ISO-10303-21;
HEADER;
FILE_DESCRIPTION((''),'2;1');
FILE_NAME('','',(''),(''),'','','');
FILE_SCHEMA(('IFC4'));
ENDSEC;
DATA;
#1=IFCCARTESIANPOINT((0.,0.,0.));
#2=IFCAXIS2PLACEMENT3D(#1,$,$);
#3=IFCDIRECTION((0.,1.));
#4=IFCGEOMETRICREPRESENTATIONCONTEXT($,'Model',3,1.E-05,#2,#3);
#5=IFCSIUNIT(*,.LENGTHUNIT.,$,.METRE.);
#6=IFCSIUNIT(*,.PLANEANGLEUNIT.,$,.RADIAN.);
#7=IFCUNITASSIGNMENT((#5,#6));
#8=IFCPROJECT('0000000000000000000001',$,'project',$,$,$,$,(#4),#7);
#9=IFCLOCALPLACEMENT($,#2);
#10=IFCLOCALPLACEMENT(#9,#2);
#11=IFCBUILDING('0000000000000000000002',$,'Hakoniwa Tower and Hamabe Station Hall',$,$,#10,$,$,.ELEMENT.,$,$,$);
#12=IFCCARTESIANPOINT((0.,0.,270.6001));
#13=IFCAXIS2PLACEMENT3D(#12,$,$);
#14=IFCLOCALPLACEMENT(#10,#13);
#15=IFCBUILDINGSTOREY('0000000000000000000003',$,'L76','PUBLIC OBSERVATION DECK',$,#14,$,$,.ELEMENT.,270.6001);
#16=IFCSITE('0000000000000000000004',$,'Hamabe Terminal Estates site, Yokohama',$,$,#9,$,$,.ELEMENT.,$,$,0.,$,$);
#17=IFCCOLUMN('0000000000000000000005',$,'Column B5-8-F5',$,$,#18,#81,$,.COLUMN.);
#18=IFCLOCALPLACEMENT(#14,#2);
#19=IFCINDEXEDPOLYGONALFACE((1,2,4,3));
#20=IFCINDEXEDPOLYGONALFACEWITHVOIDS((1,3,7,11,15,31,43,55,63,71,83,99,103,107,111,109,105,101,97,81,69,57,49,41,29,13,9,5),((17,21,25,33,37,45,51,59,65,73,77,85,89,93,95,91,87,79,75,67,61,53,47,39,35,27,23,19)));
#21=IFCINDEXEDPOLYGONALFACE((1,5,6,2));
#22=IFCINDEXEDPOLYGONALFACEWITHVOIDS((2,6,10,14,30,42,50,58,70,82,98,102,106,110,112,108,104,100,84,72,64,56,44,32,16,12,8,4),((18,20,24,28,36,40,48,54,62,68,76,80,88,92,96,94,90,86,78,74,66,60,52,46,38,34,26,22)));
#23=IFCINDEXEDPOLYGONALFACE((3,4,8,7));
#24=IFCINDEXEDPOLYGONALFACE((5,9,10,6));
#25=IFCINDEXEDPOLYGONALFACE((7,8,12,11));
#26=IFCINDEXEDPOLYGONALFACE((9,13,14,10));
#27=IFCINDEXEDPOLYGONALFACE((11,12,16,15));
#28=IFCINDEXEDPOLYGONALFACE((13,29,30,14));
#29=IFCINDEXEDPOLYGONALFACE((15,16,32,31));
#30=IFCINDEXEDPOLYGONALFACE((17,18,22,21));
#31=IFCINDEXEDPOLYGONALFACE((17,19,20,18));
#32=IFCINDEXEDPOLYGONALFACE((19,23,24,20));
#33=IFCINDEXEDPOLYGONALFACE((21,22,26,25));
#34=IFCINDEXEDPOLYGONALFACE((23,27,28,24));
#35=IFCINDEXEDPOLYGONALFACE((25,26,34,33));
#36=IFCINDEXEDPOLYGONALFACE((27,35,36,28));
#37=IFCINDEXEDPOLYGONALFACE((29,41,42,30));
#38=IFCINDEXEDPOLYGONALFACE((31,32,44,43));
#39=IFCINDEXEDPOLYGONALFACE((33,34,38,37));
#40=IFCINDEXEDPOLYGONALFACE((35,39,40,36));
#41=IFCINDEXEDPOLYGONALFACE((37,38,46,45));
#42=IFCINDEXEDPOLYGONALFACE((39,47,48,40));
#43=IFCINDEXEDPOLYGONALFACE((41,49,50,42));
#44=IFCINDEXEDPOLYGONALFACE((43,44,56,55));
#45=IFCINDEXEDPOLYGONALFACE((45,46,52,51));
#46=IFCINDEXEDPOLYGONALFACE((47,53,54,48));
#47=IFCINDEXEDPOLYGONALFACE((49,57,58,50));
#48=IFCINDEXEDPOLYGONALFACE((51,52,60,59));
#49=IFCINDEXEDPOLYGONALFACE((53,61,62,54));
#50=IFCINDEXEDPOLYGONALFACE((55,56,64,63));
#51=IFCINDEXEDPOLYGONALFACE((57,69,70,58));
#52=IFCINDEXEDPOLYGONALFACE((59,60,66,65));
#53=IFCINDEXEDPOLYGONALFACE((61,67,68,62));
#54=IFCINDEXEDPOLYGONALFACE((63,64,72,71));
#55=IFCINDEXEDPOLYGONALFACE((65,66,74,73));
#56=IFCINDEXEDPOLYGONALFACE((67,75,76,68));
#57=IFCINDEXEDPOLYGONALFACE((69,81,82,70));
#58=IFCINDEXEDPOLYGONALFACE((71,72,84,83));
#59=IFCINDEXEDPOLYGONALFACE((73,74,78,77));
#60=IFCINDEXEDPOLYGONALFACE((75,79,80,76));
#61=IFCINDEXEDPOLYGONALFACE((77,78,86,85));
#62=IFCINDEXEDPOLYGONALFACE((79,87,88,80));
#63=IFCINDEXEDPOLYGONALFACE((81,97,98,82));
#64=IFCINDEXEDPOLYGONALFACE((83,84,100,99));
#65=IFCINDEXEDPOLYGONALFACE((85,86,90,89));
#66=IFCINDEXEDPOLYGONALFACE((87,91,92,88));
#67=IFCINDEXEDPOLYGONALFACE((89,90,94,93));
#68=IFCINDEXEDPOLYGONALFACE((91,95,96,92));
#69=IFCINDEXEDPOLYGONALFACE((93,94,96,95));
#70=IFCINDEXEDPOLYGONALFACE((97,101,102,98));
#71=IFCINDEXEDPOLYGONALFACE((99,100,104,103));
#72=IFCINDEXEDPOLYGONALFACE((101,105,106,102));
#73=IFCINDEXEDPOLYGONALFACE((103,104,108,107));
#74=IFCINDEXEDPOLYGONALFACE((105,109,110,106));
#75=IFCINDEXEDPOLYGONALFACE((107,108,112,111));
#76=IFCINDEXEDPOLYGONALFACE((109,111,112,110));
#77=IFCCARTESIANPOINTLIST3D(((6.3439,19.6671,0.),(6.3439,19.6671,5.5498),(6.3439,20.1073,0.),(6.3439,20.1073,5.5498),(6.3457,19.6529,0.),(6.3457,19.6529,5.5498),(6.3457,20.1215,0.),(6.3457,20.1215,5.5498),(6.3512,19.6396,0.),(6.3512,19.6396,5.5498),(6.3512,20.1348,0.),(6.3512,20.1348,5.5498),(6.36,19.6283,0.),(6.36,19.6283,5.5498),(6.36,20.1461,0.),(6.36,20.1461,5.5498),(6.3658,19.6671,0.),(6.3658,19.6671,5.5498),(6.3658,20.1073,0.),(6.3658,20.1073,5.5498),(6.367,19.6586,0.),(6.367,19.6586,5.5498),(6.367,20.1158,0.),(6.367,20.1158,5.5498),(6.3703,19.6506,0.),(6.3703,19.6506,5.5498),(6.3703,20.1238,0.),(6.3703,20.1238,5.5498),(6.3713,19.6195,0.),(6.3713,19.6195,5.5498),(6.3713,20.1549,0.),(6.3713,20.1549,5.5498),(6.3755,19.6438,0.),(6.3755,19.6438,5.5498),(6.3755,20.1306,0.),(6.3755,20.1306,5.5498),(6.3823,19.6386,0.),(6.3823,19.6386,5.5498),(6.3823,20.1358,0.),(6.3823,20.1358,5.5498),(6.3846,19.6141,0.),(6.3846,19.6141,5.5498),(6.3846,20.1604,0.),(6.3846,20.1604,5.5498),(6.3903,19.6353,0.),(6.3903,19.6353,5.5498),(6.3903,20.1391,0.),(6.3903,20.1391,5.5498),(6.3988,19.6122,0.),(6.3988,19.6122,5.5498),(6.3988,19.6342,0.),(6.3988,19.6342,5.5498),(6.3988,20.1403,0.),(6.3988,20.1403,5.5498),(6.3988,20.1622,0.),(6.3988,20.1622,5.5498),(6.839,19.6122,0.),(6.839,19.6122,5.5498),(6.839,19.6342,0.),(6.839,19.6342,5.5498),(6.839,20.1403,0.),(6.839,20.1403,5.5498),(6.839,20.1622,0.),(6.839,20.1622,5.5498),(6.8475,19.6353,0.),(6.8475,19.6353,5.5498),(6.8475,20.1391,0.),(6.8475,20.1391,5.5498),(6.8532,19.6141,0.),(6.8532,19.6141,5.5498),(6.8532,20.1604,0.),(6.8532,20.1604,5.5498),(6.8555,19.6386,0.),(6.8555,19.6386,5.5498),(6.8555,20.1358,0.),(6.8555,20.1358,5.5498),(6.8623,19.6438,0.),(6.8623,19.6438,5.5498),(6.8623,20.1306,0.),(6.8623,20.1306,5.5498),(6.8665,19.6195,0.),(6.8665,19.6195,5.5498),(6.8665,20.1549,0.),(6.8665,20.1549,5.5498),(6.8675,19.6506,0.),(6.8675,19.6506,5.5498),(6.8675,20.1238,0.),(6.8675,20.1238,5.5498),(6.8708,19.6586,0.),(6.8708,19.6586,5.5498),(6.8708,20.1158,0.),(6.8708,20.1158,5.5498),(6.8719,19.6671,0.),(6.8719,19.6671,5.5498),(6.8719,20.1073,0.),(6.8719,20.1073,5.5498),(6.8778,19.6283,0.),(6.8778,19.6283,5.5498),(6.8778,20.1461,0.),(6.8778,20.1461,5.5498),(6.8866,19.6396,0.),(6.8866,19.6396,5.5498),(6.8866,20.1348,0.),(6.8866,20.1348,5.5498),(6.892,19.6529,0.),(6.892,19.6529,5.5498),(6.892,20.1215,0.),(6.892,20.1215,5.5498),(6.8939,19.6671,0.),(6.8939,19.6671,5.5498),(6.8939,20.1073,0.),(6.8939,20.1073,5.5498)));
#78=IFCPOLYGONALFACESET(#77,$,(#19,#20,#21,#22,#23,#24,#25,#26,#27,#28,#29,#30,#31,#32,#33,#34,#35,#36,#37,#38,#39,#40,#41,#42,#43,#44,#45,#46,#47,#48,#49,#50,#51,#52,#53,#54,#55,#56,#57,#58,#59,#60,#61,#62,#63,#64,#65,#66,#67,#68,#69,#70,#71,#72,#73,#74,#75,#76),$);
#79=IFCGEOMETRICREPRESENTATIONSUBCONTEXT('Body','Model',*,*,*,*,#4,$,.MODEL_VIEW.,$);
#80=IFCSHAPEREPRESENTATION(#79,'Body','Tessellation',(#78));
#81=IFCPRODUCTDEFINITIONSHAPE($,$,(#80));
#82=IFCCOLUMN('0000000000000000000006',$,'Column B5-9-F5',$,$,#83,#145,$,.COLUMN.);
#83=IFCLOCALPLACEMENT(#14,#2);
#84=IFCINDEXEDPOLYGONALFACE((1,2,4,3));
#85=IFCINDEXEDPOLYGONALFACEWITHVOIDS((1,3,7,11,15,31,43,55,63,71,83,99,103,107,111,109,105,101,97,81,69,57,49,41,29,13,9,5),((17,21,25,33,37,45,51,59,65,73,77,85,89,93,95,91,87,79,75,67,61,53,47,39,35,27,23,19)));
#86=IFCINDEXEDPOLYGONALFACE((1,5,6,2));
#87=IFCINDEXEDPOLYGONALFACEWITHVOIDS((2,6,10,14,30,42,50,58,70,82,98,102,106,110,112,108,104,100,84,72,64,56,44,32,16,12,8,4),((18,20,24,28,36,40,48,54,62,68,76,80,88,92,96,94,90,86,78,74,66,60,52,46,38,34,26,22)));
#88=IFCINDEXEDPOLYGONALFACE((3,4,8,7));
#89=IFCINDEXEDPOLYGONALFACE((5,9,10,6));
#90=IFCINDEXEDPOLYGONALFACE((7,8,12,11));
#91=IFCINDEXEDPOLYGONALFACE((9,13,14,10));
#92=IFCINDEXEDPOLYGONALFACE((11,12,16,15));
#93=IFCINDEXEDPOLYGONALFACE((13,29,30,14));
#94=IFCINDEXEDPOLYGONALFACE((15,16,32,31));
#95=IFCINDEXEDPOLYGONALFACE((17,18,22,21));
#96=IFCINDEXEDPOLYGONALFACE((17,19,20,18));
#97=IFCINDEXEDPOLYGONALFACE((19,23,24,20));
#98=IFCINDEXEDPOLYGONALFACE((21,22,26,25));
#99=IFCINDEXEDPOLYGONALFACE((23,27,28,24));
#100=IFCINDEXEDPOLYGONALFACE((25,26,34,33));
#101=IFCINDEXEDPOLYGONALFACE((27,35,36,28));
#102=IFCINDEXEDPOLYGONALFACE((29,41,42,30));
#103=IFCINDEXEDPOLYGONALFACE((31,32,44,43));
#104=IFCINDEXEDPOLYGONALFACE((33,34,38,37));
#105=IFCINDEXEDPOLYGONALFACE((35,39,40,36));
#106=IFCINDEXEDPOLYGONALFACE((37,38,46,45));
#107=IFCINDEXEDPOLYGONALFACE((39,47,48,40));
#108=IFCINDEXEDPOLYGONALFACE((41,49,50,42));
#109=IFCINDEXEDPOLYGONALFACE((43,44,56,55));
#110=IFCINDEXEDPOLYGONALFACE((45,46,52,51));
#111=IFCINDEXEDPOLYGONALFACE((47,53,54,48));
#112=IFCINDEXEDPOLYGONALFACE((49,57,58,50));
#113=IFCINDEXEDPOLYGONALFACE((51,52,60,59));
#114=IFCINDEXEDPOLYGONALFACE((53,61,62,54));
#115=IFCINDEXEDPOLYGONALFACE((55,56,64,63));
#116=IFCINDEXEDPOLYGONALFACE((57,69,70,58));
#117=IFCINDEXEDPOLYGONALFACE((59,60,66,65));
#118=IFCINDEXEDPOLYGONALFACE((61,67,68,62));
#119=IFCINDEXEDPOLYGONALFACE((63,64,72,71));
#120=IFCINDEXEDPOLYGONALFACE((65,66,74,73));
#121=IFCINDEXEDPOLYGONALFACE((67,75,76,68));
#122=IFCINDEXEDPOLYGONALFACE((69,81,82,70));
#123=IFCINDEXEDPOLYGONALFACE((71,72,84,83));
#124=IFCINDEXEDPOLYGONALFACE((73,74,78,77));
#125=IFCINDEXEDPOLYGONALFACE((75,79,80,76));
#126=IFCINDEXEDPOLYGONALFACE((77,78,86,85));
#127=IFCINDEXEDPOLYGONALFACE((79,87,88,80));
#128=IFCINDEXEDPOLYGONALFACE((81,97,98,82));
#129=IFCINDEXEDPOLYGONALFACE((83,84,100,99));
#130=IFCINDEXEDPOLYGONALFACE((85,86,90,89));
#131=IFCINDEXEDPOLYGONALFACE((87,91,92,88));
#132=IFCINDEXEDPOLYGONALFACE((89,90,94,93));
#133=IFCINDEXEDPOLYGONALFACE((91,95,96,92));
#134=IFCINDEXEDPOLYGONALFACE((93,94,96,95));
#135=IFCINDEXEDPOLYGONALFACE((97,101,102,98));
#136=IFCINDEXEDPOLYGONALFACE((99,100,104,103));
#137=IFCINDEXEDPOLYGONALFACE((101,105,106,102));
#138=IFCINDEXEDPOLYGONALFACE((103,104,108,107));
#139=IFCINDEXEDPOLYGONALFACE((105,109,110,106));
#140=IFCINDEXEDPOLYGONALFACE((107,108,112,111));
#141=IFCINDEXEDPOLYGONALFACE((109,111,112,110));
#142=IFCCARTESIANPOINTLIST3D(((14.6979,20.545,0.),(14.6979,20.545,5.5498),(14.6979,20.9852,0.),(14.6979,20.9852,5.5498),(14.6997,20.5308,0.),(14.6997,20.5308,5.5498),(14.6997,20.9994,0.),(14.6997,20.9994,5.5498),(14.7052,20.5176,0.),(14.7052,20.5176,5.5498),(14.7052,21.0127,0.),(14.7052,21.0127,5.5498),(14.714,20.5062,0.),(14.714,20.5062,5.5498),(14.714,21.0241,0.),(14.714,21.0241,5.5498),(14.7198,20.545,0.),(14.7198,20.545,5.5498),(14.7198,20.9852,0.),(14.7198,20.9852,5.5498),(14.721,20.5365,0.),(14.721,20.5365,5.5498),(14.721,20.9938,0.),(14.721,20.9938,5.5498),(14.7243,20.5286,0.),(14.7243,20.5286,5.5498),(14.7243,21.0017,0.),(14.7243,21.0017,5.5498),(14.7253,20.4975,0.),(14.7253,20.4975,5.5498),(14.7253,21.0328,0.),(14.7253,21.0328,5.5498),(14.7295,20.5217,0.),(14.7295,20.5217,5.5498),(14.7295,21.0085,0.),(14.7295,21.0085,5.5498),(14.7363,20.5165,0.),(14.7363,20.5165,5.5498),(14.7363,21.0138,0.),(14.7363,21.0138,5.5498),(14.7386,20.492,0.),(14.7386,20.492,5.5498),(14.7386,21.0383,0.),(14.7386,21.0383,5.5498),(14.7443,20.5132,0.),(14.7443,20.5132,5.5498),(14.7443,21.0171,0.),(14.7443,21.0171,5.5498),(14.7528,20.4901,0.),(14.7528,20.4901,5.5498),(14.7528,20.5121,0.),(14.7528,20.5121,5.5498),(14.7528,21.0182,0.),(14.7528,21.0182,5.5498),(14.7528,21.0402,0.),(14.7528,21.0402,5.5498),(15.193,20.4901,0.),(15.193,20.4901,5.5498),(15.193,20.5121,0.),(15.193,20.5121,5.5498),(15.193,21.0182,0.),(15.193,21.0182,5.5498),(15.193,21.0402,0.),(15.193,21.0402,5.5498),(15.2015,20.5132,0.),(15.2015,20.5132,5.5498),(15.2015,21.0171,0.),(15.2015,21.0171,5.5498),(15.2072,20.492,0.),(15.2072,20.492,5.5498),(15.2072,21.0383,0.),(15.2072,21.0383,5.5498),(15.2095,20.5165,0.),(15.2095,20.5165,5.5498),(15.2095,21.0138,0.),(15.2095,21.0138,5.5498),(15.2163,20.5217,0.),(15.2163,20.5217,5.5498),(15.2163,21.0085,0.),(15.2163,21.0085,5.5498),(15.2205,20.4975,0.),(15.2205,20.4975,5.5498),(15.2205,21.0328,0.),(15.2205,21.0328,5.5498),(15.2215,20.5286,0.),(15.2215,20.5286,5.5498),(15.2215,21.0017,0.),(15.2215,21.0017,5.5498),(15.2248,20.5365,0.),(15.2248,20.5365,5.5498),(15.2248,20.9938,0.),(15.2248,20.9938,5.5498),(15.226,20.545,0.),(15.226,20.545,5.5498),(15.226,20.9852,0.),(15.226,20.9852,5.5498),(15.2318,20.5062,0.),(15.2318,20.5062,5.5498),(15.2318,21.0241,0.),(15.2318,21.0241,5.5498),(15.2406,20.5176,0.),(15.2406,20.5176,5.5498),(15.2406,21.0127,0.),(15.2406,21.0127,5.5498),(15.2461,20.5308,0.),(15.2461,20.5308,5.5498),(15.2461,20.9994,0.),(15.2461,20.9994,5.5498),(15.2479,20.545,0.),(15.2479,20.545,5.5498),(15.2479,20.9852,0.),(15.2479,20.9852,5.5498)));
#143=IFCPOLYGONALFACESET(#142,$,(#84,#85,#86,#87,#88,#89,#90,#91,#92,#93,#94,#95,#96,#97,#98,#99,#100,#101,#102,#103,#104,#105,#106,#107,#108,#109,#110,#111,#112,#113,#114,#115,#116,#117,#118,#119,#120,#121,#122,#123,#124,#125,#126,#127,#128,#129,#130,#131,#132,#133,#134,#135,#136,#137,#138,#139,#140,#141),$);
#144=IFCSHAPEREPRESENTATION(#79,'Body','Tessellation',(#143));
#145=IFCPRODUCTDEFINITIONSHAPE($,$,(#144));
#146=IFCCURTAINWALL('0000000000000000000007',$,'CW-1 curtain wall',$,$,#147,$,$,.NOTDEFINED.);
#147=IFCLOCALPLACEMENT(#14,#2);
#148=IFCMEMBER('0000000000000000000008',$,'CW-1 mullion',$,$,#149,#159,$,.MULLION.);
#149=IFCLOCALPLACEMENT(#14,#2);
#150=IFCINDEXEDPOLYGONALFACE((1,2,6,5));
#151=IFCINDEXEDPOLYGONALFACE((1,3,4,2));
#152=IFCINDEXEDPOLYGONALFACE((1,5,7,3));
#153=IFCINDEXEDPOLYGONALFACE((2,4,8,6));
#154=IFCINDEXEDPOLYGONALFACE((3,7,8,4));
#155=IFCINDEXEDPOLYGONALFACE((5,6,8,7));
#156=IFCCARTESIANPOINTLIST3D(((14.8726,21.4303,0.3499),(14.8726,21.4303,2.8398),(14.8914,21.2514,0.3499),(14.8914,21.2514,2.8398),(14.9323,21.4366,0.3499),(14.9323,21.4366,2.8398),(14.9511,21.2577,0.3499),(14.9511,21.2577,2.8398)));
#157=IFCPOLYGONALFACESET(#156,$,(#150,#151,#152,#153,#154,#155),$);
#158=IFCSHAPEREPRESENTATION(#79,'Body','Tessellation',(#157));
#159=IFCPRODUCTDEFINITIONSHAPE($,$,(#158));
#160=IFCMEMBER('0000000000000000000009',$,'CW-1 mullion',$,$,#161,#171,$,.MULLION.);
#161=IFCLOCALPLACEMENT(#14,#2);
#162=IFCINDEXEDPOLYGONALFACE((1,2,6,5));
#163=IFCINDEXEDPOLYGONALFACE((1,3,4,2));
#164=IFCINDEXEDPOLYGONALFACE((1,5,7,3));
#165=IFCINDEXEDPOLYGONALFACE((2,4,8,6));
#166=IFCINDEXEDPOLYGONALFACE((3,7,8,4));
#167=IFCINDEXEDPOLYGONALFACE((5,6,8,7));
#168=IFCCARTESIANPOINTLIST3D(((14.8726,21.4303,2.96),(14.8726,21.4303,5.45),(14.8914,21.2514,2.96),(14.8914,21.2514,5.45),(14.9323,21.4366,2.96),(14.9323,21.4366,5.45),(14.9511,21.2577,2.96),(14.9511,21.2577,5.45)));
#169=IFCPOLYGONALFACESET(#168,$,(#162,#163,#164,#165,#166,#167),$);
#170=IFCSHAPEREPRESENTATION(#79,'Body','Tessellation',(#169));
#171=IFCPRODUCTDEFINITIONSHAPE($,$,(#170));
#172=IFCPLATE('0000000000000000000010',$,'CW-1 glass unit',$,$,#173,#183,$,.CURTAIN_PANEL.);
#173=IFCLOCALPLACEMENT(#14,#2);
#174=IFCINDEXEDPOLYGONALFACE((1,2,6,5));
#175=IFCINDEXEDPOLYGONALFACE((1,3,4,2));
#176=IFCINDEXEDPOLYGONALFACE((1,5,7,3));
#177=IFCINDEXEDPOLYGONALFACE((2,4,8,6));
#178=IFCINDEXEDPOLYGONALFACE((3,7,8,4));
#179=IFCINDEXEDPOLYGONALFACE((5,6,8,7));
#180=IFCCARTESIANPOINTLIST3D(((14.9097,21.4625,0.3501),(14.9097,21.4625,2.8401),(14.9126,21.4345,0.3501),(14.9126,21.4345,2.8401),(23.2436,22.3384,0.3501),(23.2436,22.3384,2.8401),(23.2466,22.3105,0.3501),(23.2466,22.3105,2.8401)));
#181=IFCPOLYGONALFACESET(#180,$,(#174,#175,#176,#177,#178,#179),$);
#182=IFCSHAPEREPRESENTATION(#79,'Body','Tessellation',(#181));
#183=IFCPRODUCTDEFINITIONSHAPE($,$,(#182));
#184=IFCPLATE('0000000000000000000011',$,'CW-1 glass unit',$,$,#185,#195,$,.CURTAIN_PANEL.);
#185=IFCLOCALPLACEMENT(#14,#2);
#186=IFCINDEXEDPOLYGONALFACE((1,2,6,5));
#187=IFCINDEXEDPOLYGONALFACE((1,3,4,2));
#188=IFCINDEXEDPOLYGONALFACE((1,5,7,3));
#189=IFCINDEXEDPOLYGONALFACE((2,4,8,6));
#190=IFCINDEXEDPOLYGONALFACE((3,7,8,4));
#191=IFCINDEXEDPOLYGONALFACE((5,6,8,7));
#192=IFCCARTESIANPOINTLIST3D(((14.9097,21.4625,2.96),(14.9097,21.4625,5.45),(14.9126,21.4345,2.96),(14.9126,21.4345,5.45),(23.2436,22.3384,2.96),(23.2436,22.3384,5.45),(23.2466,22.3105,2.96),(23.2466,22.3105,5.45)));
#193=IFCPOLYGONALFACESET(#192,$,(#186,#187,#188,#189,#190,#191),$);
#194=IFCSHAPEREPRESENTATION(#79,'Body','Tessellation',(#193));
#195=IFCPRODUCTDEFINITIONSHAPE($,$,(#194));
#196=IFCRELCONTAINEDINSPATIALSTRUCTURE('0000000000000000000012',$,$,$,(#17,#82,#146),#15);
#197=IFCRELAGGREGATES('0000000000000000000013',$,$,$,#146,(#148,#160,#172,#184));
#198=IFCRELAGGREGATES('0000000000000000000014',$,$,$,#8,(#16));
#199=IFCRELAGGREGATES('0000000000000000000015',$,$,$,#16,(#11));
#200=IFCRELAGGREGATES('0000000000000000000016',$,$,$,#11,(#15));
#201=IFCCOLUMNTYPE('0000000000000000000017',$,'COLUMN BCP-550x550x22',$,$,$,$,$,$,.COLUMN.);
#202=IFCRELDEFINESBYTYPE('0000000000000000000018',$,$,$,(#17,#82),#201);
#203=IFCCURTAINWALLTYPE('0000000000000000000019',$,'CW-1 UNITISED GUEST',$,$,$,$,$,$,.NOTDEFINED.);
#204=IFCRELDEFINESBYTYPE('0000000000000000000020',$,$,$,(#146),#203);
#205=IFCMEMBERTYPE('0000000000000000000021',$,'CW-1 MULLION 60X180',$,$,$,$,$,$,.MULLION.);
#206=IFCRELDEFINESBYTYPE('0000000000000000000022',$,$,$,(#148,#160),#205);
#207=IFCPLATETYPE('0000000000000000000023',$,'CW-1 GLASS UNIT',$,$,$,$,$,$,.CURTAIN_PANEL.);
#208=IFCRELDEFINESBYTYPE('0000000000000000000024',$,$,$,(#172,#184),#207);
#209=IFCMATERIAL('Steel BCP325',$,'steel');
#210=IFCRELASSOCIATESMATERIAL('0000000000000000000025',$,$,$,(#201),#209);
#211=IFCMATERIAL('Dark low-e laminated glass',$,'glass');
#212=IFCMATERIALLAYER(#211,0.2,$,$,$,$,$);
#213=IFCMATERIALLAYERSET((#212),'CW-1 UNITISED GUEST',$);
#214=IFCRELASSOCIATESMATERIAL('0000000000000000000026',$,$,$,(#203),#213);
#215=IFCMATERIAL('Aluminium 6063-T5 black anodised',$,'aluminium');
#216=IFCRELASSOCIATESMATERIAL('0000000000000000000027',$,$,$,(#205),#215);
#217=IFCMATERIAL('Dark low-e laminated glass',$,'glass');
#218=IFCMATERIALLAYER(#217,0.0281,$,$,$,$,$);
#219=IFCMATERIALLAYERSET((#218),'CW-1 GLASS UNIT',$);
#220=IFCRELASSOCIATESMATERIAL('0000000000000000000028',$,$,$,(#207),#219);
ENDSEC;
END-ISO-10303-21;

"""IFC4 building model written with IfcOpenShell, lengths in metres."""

from ifc_helpers import new_model, si_unit, direction, frame, origin, origin_2d, place, context, subcontext, project, spatial, rectangle, hollow_rectangle, extrude, material, layer, layer_set, material_profile, profile_set, type_object, element, aggregate, save


model = new_model("IFC4")

# Units and contexts
model_context = context("Model", 3, precision=1e-05, world=origin(), true_north=direction((0.0, 1.0)))
body_context = subcontext(model_context, "Body", "Model", "MODEL_VIEW")
ifc_project = project(units=[si_unit("LENGTHUNIT", "METRE"), si_unit("PLANEANGLEUNIT", "RADIAN")], contexts=[model_context])

# Site, building, storey
site_placement = place(None, origin())
site = spatial("IfcSite", under=ifc_project, at=site_placement, Name="Hamabe Terminal Estates site, Yokohama", CompositionType="ELEMENT", RefElevation=0.0)
building_placement = place(site_placement, origin())
building = spatial("IfcBuilding", under=site, at=building_placement, Name="Hakoniwa Tower and Hamabe Station Hall", CompositionType="ELEMENT")
storey_placement = place(building_placement, frame((0.0, 0.0, 270.6001)))
storey = spatial("IfcBuildingStorey", under=building, at=storey_placement, Name="L76", Description="PUBLIC OBSERVATION DECK", CompositionType="ELEMENT", Elevation=270.6001)

# Columns
ifc_material_1 = material(Name="Steel BCP325", Category="steel")
ifc_material_profile_1 = material_profile(ifc_material_1, hollow_rectangle(XDim=0.55, YDim=0.55, WallThickness=0.022, InnerFilletRadius=0.033, OuterFilletRadius=0.0549, at=origin_2d()), Name="BCP-550x550x22")
ifc_profile_set_1 = profile_set([ifc_material_profile_1], Name="Steel BCP325")
column_type = type_object("IfcColumnType", Name="COLUMN BCP-550x550x22", PredefinedType="COLUMN", material=ifc_profile_set_1)
for number, where, z_axis, x_axis, name in (
    (1, (6.6189, 19.8872, 0.0), (0.0, 0.0, 1.0), (1.0, 0.0, 0.0), "Column B5-8-F5"),
    (2, (14.9729, 20.7651, 0.0), (0.0, 0.0, 1.0), (1.0, 0.0, 0.0), "Column B5-9-F5"),
):
    element("IfcColumn", number, at=place(storey_placement, frame(where, z_axis=z_axis, x_axis=x_axis)), inside=storey, type_object=column_type, Name=name, PredefinedType="COLUMN", context=body_context, shape_type="SweptSolid", body=[
        extrude(hollow_rectangle(XDim=0.55, YDim=0.55, WallThickness=0.022, InnerFilletRadius=0.033, OuterFilletRadius=0.0549, at=origin_2d()), origin(), (0.0, 0.0, 1.0), 5.5498),
    ])

# Curtain wall, members, plates
ifc_material_2 = material(Name="Dark low-e laminated glass", Category="glass")
ifc_layer_1 = layer(ifc_material_2, 0.2)
ifc_layer_set_1 = layer_set([ifc_layer_1], Name="CW-1 UNITISED GUEST")
curtain_wall_type = type_object("IfcCurtainWallType", Name="CW-1 UNITISED GUEST", PredefinedType="NOTDEFINED", material=ifc_layer_set_1)
curtain_wall_placement = place(storey_placement, origin())
curtain_wall = element("IfcCurtainWall", 3, at=curtain_wall_placement, inside=storey, type_object=curtain_wall_type, Name="CW-1 curtain wall", PredefinedType="NOTDEFINED")
ifc_material_3 = material(Name="Aluminium 6063-T5 black anodised", Category="aluminium")
ifc_material_profile_2 = material_profile(ifc_material_3, rectangle(XDim=0.0601, YDim=0.1799, at=origin_2d()), Name="CW-1 MULLION 60X180")
ifc_profile_set_2 = profile_set([ifc_material_profile_2], Name="Aluminium 6063-T5 black anodised")
member_type = type_object("IfcMemberType", Name="CW-1 MULLION 60X180", PredefinedType="MULLION", material=ifc_profile_set_2)
member_1_placement = place(storey_placement, frame((14.9119, 21.344, 0.3499), z_axis=(0.0, 0.0, 1.0), x_axis=(-0.994522, -0.104528, 0.0)))
member_1 = element("IfcMember", 4, at=member_1_placement, type_object=member_type, Name="CW-1 mullion", PredefinedType="MULLION", context=body_context, shape_type="SweptSolid", body=[
    extrude(rectangle(XDim=0.0601, YDim=0.1799, at=origin_2d()), origin(), (0.0, 0.0, 1.0), 2.49),
])
member_2_placement = place(storey_placement, frame((14.9119, 21.344, 2.96), z_axis=(0.0, 0.0, 1.0), x_axis=(-0.994522, -0.104528, 0.0)))
member_2 = element("IfcMember", 5, at=member_2_placement, type_object=member_type, Name="CW-1 mullion", PredefinedType="MULLION", context=body_context, shape_type="SweptSolid", body=[
    extrude(rectangle(XDim=0.0601, YDim=0.1799, at=origin_2d()), origin(), (0.0, 0.0, 1.0), 2.49),
])
ifc_material_4 = material(Name="Dark low-e laminated glass", Category="glass")
ifc_layer_2 = layer(ifc_material_4, 0.0281)
ifc_layer_set_2 = layer_set([ifc_layer_2], Name="CW-1 GLASS UNIT")
plate_type = type_object("IfcPlateType", Name="CW-1 GLASS UNIT", PredefinedType="CURTAIN_PANEL", material=ifc_layer_set_2)
plate_1_placement = place(storey_placement, frame((19.0781, 21.8865, 0.3501), z_axis=(0.0, 0.0, 1.0), x_axis=(-0.994522, -0.104528, 0.0)))
plate_1 = element("IfcPlate", 6, at=plate_1_placement, type_object=plate_type, Name="CW-1 glass unit", PredefinedType="CURTAIN_PANEL", context=body_context, shape_type="SweptSolid", body=[
    extrude(rectangle(XDim=8.3799, YDim=0.0281, at=origin_2d()), origin(), (0.0, 0.0, 1.0), 2.49),
])
plate_2_placement = place(storey_placement, frame((19.0781, 21.8865, 2.96), z_axis=(0.0, 0.0, 1.0), x_axis=(-0.994522, -0.104528, 0.0)))
plate_2 = element("IfcPlate", 7, at=plate_2_placement, type_object=plate_type, Name="CW-1 glass unit", PredefinedType="CURTAIN_PANEL", context=body_context, shape_type="SweptSolid", body=[
    extrude(rectangle(XDim=8.3799, YDim=0.0281, at=origin_2d()), origin(), (0.0, 0.0, 1.0), 2.49),
])
aggregate(curtain_wall, [member_1, member_2, plate_1, plate_2])

save(model, "model.ifc")
